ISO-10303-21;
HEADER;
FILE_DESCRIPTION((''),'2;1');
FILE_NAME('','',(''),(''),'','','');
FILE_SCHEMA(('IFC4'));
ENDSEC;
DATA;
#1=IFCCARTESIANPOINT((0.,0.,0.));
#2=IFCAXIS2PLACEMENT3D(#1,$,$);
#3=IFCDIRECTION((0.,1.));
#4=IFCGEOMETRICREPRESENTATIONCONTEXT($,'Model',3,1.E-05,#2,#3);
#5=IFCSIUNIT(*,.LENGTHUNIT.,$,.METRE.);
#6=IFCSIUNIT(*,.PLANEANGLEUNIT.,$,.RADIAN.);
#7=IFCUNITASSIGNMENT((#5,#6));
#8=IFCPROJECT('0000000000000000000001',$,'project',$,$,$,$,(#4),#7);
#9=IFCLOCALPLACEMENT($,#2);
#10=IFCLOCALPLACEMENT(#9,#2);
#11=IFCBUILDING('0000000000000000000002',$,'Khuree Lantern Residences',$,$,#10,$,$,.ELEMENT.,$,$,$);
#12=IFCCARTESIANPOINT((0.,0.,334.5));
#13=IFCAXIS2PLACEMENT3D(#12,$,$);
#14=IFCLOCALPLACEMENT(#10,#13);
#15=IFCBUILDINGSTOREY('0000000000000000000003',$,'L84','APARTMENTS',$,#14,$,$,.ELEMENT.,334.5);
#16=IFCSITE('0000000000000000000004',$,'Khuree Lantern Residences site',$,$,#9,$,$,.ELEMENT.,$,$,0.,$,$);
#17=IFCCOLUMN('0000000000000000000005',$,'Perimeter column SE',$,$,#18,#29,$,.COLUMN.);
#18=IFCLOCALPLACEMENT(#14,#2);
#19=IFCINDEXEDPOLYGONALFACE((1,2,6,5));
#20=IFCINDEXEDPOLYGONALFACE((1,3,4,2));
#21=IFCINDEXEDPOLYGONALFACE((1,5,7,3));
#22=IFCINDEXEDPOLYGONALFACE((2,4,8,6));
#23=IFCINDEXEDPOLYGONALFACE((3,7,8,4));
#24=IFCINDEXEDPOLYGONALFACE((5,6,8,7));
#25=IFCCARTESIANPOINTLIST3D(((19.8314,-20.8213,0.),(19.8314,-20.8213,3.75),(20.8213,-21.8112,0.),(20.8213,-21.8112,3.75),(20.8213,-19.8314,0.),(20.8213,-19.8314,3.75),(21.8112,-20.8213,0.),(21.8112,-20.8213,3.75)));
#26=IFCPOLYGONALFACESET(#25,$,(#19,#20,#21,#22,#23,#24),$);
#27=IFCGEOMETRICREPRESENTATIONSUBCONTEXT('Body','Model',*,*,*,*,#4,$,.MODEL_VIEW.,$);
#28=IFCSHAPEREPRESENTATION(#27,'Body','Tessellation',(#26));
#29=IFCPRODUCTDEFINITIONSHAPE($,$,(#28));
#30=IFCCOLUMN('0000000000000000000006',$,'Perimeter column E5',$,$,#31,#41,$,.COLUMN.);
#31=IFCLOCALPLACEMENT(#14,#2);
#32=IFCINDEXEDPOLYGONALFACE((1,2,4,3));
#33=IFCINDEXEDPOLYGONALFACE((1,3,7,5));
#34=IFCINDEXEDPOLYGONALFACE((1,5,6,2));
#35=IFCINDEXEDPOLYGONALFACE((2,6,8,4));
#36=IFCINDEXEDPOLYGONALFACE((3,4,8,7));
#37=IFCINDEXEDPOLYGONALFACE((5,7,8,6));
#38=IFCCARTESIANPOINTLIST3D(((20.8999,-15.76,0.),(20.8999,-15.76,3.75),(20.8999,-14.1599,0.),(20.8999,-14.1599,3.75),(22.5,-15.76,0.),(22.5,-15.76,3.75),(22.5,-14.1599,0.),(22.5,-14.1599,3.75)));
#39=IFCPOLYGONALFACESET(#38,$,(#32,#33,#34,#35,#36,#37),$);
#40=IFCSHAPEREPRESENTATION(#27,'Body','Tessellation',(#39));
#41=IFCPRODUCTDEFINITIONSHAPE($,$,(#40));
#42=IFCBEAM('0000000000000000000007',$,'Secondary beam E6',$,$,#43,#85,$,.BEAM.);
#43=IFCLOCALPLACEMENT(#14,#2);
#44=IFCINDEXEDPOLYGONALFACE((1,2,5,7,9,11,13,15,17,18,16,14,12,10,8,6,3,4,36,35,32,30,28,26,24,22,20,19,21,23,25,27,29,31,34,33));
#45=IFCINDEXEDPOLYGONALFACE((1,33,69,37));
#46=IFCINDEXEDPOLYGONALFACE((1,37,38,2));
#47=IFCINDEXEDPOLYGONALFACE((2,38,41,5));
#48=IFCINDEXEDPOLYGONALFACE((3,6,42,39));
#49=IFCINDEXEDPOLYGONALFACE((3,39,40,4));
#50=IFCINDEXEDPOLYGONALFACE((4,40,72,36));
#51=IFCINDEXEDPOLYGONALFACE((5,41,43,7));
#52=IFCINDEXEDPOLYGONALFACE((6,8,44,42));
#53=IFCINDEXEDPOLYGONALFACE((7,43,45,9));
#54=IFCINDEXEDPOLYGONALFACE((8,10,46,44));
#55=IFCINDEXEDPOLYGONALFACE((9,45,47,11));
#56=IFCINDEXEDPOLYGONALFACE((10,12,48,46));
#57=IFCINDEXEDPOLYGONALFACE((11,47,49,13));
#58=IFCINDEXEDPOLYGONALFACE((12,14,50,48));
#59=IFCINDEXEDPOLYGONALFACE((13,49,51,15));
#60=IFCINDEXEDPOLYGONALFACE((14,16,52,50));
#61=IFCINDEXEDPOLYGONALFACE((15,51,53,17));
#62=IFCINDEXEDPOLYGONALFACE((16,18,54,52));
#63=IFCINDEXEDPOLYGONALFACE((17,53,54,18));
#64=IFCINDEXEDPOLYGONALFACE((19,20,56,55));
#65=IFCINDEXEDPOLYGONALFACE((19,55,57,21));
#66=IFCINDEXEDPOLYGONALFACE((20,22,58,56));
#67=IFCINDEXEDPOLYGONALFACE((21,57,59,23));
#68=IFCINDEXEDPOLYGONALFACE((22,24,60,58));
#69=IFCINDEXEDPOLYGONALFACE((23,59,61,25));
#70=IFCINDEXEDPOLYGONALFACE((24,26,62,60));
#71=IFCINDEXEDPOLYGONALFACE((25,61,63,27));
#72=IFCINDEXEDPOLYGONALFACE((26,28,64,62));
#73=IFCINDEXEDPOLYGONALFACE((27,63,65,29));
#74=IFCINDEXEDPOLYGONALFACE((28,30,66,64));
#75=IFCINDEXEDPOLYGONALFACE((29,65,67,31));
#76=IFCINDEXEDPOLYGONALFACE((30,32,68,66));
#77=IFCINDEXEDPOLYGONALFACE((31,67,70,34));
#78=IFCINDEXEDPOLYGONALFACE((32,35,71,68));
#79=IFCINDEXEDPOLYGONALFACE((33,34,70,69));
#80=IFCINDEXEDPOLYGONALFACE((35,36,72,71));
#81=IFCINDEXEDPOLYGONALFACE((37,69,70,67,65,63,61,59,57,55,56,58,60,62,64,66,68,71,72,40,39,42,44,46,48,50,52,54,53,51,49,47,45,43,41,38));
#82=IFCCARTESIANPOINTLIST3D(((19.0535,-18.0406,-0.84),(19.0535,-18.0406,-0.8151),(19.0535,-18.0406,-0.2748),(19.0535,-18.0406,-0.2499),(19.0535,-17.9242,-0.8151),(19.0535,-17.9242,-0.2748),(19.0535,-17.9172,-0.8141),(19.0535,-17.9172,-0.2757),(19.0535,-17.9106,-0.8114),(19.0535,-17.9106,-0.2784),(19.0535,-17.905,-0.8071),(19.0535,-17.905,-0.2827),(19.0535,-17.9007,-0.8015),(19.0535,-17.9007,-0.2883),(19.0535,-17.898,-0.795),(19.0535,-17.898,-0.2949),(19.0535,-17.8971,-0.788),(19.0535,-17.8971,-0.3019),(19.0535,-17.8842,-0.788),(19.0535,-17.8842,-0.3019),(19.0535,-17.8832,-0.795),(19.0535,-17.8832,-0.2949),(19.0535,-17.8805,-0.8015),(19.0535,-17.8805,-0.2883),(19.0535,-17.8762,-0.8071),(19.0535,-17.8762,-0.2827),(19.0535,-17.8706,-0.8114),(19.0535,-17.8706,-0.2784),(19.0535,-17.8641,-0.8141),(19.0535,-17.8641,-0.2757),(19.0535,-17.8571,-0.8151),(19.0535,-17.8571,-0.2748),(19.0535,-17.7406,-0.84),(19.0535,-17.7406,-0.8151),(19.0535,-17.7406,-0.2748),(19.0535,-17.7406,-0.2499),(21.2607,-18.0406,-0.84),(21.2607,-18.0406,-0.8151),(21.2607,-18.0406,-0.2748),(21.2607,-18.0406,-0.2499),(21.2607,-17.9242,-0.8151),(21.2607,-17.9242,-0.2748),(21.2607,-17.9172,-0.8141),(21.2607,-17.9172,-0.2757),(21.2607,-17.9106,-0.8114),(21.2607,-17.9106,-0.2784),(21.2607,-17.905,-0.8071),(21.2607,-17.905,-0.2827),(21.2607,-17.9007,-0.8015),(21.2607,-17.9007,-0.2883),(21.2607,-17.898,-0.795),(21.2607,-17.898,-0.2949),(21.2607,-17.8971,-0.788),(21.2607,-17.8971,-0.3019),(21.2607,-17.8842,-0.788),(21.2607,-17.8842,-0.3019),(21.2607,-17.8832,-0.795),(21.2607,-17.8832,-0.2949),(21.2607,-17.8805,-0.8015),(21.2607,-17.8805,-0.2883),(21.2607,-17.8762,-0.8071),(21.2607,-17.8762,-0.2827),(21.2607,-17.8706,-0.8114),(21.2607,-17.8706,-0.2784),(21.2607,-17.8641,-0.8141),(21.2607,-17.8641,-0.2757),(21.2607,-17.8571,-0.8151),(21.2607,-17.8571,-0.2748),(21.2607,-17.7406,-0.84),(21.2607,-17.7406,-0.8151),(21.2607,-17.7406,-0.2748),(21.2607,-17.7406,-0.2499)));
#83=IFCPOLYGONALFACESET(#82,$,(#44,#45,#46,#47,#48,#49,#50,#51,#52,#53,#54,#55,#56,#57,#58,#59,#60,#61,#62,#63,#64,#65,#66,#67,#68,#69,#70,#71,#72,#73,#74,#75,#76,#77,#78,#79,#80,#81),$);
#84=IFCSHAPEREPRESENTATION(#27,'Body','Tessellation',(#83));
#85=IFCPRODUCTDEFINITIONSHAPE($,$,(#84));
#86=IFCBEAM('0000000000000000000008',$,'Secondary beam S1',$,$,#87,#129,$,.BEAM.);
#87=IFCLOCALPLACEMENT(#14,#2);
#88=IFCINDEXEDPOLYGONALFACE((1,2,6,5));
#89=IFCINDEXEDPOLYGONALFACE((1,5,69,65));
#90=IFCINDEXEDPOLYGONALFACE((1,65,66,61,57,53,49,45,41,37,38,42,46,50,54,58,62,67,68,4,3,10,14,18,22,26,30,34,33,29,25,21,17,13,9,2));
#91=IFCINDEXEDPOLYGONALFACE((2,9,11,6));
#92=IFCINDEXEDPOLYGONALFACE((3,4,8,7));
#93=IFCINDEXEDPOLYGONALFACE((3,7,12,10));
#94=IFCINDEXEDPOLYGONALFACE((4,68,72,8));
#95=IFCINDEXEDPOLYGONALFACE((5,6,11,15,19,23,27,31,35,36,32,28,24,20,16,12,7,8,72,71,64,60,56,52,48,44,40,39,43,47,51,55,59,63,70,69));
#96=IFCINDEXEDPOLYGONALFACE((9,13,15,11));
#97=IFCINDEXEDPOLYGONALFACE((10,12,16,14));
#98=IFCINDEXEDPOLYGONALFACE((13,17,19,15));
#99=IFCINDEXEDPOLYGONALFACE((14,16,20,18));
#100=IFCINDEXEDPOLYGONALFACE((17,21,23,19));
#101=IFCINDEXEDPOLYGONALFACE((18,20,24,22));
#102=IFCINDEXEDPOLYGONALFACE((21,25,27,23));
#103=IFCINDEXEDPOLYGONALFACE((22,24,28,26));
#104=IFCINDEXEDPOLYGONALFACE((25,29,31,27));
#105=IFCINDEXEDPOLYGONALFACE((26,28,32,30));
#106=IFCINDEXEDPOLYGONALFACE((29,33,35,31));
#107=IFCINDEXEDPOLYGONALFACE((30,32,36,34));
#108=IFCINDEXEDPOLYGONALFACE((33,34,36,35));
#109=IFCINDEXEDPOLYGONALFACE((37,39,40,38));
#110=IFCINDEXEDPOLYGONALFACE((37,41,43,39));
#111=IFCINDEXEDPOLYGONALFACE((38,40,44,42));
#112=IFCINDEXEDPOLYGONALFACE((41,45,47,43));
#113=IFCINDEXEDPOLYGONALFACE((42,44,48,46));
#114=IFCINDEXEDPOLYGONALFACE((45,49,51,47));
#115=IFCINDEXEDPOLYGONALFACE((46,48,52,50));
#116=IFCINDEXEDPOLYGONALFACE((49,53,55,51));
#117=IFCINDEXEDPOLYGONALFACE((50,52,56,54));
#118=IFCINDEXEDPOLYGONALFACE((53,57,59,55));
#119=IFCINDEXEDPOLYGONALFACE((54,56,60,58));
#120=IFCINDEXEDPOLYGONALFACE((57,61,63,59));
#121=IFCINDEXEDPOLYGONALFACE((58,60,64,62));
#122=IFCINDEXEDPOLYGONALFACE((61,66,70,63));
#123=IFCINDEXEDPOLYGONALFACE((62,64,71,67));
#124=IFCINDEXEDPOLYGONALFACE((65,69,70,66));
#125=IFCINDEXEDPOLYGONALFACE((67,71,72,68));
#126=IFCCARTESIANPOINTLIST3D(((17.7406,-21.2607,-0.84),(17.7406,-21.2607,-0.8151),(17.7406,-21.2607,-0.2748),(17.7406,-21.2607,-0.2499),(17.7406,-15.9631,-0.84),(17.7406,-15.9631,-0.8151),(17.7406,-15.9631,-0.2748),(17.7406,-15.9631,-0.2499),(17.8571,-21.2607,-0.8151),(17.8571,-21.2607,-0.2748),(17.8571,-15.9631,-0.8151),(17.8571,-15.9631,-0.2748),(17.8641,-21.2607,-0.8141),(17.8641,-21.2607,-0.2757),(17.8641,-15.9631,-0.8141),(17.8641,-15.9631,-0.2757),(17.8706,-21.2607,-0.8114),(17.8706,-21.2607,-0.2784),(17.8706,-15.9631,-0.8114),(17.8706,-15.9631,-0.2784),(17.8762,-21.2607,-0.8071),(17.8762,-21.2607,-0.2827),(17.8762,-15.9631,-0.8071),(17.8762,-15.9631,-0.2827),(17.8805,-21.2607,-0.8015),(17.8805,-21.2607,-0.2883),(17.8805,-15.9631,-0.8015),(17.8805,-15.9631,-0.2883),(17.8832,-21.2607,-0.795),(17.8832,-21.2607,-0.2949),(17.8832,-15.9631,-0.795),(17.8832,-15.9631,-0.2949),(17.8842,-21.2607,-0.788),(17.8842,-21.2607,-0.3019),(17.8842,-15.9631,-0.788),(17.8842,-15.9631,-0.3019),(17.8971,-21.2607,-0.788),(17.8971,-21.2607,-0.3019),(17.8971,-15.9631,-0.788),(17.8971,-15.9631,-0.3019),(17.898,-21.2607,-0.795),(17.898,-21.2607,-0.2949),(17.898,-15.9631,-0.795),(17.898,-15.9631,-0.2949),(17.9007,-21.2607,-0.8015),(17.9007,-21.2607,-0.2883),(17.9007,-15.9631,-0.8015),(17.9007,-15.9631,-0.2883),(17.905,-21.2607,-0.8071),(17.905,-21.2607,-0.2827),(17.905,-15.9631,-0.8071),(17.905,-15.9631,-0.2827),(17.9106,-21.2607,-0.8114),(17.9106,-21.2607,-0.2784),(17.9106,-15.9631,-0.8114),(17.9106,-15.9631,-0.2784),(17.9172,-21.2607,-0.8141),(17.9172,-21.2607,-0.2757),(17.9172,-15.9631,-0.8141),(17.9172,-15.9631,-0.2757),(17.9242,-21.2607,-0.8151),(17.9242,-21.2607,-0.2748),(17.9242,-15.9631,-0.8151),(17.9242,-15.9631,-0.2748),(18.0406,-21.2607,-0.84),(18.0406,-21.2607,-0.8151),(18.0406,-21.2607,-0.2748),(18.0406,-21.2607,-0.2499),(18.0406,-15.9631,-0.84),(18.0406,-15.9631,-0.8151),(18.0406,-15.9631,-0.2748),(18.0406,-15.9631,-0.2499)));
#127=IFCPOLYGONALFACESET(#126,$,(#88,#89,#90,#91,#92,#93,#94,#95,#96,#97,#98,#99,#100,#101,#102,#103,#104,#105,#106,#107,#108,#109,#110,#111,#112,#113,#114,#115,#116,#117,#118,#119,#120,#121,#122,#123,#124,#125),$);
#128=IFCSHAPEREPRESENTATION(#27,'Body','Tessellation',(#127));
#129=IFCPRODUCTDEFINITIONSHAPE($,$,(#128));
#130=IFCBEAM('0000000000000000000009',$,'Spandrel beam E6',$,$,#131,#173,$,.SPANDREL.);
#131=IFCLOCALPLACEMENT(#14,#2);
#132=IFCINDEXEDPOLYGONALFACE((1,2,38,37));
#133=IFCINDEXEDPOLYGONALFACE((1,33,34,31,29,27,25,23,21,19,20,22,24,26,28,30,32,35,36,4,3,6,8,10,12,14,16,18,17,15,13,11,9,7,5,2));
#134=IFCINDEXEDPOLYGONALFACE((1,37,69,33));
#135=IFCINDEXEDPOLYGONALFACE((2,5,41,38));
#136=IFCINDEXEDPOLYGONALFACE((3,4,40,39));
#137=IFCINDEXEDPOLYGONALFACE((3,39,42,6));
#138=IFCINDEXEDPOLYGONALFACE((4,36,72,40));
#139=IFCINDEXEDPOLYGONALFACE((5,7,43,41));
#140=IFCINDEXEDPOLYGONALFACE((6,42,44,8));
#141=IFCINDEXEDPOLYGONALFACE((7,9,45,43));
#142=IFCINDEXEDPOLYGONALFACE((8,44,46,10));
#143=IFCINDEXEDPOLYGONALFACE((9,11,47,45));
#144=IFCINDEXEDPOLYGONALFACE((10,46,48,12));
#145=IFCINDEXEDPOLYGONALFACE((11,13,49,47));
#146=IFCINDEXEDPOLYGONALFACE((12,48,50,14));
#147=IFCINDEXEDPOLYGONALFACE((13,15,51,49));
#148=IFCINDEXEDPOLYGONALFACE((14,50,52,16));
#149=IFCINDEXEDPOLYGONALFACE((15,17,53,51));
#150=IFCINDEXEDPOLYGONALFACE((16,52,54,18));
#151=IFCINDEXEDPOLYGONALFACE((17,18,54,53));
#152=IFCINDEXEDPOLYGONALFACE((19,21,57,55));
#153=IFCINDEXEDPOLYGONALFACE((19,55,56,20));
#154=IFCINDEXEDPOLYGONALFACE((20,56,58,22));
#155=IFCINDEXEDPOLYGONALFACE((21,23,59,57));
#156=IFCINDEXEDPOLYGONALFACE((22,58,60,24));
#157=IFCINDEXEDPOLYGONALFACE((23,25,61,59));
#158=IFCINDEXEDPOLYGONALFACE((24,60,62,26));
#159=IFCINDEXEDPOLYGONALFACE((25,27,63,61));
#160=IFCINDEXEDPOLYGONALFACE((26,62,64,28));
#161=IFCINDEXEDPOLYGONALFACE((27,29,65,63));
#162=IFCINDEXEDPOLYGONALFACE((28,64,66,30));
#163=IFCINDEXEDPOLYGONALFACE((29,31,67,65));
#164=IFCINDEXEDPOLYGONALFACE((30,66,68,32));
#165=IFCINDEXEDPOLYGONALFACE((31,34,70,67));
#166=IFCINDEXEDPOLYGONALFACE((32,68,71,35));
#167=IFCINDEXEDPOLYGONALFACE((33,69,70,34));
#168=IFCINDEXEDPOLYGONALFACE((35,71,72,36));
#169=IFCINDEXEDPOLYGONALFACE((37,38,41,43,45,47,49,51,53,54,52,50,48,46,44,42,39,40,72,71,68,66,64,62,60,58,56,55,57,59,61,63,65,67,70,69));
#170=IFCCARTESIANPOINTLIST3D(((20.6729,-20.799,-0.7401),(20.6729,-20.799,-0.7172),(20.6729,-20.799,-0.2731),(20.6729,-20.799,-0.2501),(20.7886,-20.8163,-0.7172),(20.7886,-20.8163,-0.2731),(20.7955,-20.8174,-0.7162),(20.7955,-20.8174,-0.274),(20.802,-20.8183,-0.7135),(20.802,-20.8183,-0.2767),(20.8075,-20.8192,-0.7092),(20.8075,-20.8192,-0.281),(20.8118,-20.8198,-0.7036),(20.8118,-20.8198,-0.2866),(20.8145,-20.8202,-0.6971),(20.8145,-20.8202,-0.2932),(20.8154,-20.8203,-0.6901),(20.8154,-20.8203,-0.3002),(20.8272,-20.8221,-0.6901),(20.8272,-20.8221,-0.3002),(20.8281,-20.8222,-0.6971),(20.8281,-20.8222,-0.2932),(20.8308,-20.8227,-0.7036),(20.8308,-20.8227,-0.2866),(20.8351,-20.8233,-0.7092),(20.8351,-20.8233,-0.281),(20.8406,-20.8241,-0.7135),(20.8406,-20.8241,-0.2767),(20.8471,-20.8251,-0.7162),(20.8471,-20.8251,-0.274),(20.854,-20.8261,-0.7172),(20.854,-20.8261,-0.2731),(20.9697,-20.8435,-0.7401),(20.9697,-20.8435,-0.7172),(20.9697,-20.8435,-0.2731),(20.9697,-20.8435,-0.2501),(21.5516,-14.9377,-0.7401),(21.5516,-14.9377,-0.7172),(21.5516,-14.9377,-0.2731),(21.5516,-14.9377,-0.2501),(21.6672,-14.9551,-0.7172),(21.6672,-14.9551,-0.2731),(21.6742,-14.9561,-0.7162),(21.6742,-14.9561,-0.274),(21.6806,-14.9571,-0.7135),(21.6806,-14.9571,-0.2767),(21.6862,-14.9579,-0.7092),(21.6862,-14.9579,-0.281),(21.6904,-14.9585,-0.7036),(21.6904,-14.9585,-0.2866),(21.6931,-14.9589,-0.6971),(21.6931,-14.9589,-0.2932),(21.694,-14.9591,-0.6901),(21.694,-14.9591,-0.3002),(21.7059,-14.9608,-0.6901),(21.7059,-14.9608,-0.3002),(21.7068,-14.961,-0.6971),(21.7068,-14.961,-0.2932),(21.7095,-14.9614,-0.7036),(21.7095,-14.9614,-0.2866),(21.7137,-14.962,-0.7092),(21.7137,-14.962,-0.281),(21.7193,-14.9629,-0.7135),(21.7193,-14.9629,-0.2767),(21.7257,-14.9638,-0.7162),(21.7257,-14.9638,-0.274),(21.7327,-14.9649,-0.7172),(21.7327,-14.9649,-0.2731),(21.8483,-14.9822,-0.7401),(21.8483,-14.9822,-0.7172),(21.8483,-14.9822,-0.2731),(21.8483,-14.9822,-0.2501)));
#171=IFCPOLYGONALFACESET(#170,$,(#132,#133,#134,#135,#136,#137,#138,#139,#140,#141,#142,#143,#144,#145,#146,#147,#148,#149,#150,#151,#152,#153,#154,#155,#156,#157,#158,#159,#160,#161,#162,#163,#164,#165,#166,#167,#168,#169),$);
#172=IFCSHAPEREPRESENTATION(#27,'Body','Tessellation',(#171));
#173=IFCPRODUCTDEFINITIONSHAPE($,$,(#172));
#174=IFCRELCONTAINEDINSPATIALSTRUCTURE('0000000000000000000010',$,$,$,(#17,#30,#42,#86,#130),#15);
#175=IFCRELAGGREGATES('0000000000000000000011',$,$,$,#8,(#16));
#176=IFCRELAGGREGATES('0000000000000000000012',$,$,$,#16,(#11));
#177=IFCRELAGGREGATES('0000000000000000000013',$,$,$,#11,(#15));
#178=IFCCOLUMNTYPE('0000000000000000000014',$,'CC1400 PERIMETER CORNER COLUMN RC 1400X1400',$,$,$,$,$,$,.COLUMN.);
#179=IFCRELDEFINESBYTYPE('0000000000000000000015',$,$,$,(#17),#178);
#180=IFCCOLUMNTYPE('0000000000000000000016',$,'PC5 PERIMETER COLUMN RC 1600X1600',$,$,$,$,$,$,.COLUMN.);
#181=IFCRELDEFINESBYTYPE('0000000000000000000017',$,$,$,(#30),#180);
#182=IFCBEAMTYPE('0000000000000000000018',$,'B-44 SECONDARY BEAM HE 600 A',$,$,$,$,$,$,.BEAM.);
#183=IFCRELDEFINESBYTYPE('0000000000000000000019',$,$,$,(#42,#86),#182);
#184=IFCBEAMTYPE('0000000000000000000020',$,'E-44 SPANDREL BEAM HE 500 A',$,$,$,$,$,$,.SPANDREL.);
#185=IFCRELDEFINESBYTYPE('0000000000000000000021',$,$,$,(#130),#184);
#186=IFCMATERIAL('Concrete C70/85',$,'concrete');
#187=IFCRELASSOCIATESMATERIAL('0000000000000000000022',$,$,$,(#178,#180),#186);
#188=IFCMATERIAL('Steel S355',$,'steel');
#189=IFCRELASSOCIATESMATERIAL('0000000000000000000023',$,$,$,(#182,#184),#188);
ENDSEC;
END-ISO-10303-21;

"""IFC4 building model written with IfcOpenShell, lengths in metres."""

from ifc_helpers import new_model, si_unit, direction, frame, origin, origin_2d, place, context, subcontext, project, spatial, rectangle, i_section, extrude, material, material_profile, profile_set, type_object, element, save


model = new_model("IFC4")

# Units and contexts
model_context = context("Model", 3, precision=1e-05, world=origin(), true_north=direction((0.0, 1.0)))
body_context = subcontext(model_context, "Body", "Model", "MODEL_VIEW")
ifc_project = project(units=[si_unit("LENGTHUNIT", "METRE"), si_unit("PLANEANGLEUNIT", "RADIAN")], contexts=[model_context])

# Site, building, storey
site_placement = place(None, origin())
site = spatial("IfcSite", under=ifc_project, at=site_placement, Name="Khuree Lantern Residences site", CompositionType="ELEMENT", RefElevation=0.0)
building_placement = place(site_placement, origin())
building = spatial("IfcBuilding", under=site, at=building_placement, Name="Khuree Lantern Residences", CompositionType="ELEMENT")
storey_placement = place(building_placement, frame((0.0, 0.0, 334.5)))
storey = spatial("IfcBuildingStorey", under=building, at=storey_placement, Name="L84", Description="APARTMENTS", CompositionType="ELEMENT", Elevation=334.5)

# Columns
ifc_material_1 = material(Name="Concrete C70/85", Category="concrete")
ifc_material_profile_1 = material_profile(ifc_material_1, rectangle(XDim=1.3999, YDim=1.3999, at=origin_2d()), Name="RC 1400X1400")
ifc_profile_set_1 = profile_set([ifc_material_profile_1], Name="Concrete C70/85")
column_type_1 = type_object("IfcColumnType", Name="CC1400 PERIMETER CORNER COLUMN RC 1400X1400", PredefinedType="COLUMN", material=ifc_profile_set_1)
column_1_placement = place(storey_placement, frame((20.8213, -20.8213, 0.0), z_axis=(0.0, 0.0, 1.0), x_axis=(0.707107, 0.707107, 0.0)))
element("IfcColumn", 1, at=column_1_placement, inside=storey, type_object=column_type_1, Name="Perimeter column SE", PredefinedType="COLUMN", context=body_context, shape_type="SweptSolid", body=[
    extrude(rectangle(XDim=1.3999, YDim=1.3999, at=origin_2d()), origin(), (0.0, 0.0, 1.0), 3.75),
])
ifc_material_profile_2 = material_profile(ifc_material_1, rectangle(XDim=1.6001, YDim=1.6001, at=origin_2d()), Name="RC 1600X1600")
ifc_profile_set_2 = profile_set([ifc_material_profile_2], Name="Concrete C70/85")
column_type_2 = type_object("IfcColumnType", Name="PC5 PERIMETER COLUMN RC 1600X1600", PredefinedType="COLUMN", material=ifc_profile_set_2)
column_2_placement = place(storey_placement, frame((21.7, -14.96, 0.0), z_axis=(0.0, 0.0, 1.0), x_axis=(0.0, 1.0, 0.0)))
element("IfcColumn", 2, at=column_2_placement, inside=storey, type_object=column_type_2, Name="Perimeter column E5", PredefinedType="COLUMN", context=body_context, shape_type="SweptSolid", body=[
    extrude(rectangle(XDim=1.6001, YDim=1.6001, at=origin_2d()), origin(), (0.0, 0.0, 1.0), 3.75),
])

# Beams
ifc_material_2 = material(Name="Steel S355", Category="steel")
ifc_material_profile_3 = material_profile(ifc_material_2, i_section(OverallWidth=0.3, OverallDepth=0.5901, WebThickness=0.0129, FlangeThickness=0.0249, FilletRadius=0.0271, at=origin_2d()), Name="HE 600 A")
ifc_profile_set_3 = profile_set([ifc_material_profile_3], Name="Steel S355")
beam_type_1 = type_object("IfcBeamType", Name="B-44 SECONDARY BEAM HE 600 A", PredefinedType="BEAM", material=ifc_profile_set_3)
beam_1_placement = place(storey_placement, frame((21.2607, -17.8906, -0.5449), z_axis=(-1.0, 0.0, 0.0), x_axis=(0.0, -1.0, 0.0)))
element("IfcBeam", 3, at=beam_1_placement, inside=storey, type_object=beam_type_1, Name="Secondary beam E6", PredefinedType="BEAM", context=body_context, shape_type="SweptSolid", body=[
    extrude(i_section(OverallWidth=0.3, OverallDepth=0.5901, WebThickness=0.0129, FlangeThickness=0.0249, FilletRadius=0.0271, at=origin_2d()), origin(), (0.0, 0.0, 1.0), 2.2073),
])
beam_2_placement = place(storey_placement, frame((17.8906, -21.2607, -0.5449), z_axis=(0.0, 1.0, 0.0), x_axis=(-1.0, 0.0, 0.0)))
element("IfcBeam", 4, at=beam_2_placement, inside=storey, type_object=beam_type_1, Name="Secondary beam S1", PredefinedType="BEAM", context=body_context, shape_type="SweptSolid", body=[
    extrude(i_section(OverallWidth=0.3, OverallDepth=0.5901, WebThickness=0.0129, FlangeThickness=0.0249, FilletRadius=0.0271, at=origin_2d()), origin(), (0.0, 0.0, 1.0), 5.2976),
])
ifc_material_profile_4 = material_profile(ifc_material_2, i_section(OverallWidth=0.3, OverallDepth=0.49, WebThickness=0.012, FlangeThickness=0.0229, FilletRadius=0.0271, at=origin_2d()), Name="HE 500 A")
ifc_profile_set_4 = profile_set([ifc_material_profile_4], Name="Steel S355")
beam_type_2 = type_object("IfcBeamType", Name="E-44 SPANDREL BEAM HE 500 A", PredefinedType="SPANDREL", material=ifc_profile_set_4)
for number, where, z_axis, x_axis, name in (
    (5, (21.7, -14.96, -0.4951), (-0.148252, -0.98895, 0.0), (0.98895, -0.148252, 0.0), "Spandrel beam E6"),
):
    element("IfcBeam", number, at=place(storey_placement, frame(where, z_axis=z_axis, x_axis=x_axis)), inside=storey, type_object=beam_type_2, Name=name, PredefinedType="SPANDREL", context=body_context, shape_type="SweptSolid", body=[
        extrude(i_section(OverallWidth=0.3, OverallDepth=0.49, WebThickness=0.012, FlangeThickness=0.0229, FilletRadius=0.0271, at=origin_2d()), origin(), (0.0, 0.0, 1.0), 5.9268),
    ])

save(model, "model.ifc")
